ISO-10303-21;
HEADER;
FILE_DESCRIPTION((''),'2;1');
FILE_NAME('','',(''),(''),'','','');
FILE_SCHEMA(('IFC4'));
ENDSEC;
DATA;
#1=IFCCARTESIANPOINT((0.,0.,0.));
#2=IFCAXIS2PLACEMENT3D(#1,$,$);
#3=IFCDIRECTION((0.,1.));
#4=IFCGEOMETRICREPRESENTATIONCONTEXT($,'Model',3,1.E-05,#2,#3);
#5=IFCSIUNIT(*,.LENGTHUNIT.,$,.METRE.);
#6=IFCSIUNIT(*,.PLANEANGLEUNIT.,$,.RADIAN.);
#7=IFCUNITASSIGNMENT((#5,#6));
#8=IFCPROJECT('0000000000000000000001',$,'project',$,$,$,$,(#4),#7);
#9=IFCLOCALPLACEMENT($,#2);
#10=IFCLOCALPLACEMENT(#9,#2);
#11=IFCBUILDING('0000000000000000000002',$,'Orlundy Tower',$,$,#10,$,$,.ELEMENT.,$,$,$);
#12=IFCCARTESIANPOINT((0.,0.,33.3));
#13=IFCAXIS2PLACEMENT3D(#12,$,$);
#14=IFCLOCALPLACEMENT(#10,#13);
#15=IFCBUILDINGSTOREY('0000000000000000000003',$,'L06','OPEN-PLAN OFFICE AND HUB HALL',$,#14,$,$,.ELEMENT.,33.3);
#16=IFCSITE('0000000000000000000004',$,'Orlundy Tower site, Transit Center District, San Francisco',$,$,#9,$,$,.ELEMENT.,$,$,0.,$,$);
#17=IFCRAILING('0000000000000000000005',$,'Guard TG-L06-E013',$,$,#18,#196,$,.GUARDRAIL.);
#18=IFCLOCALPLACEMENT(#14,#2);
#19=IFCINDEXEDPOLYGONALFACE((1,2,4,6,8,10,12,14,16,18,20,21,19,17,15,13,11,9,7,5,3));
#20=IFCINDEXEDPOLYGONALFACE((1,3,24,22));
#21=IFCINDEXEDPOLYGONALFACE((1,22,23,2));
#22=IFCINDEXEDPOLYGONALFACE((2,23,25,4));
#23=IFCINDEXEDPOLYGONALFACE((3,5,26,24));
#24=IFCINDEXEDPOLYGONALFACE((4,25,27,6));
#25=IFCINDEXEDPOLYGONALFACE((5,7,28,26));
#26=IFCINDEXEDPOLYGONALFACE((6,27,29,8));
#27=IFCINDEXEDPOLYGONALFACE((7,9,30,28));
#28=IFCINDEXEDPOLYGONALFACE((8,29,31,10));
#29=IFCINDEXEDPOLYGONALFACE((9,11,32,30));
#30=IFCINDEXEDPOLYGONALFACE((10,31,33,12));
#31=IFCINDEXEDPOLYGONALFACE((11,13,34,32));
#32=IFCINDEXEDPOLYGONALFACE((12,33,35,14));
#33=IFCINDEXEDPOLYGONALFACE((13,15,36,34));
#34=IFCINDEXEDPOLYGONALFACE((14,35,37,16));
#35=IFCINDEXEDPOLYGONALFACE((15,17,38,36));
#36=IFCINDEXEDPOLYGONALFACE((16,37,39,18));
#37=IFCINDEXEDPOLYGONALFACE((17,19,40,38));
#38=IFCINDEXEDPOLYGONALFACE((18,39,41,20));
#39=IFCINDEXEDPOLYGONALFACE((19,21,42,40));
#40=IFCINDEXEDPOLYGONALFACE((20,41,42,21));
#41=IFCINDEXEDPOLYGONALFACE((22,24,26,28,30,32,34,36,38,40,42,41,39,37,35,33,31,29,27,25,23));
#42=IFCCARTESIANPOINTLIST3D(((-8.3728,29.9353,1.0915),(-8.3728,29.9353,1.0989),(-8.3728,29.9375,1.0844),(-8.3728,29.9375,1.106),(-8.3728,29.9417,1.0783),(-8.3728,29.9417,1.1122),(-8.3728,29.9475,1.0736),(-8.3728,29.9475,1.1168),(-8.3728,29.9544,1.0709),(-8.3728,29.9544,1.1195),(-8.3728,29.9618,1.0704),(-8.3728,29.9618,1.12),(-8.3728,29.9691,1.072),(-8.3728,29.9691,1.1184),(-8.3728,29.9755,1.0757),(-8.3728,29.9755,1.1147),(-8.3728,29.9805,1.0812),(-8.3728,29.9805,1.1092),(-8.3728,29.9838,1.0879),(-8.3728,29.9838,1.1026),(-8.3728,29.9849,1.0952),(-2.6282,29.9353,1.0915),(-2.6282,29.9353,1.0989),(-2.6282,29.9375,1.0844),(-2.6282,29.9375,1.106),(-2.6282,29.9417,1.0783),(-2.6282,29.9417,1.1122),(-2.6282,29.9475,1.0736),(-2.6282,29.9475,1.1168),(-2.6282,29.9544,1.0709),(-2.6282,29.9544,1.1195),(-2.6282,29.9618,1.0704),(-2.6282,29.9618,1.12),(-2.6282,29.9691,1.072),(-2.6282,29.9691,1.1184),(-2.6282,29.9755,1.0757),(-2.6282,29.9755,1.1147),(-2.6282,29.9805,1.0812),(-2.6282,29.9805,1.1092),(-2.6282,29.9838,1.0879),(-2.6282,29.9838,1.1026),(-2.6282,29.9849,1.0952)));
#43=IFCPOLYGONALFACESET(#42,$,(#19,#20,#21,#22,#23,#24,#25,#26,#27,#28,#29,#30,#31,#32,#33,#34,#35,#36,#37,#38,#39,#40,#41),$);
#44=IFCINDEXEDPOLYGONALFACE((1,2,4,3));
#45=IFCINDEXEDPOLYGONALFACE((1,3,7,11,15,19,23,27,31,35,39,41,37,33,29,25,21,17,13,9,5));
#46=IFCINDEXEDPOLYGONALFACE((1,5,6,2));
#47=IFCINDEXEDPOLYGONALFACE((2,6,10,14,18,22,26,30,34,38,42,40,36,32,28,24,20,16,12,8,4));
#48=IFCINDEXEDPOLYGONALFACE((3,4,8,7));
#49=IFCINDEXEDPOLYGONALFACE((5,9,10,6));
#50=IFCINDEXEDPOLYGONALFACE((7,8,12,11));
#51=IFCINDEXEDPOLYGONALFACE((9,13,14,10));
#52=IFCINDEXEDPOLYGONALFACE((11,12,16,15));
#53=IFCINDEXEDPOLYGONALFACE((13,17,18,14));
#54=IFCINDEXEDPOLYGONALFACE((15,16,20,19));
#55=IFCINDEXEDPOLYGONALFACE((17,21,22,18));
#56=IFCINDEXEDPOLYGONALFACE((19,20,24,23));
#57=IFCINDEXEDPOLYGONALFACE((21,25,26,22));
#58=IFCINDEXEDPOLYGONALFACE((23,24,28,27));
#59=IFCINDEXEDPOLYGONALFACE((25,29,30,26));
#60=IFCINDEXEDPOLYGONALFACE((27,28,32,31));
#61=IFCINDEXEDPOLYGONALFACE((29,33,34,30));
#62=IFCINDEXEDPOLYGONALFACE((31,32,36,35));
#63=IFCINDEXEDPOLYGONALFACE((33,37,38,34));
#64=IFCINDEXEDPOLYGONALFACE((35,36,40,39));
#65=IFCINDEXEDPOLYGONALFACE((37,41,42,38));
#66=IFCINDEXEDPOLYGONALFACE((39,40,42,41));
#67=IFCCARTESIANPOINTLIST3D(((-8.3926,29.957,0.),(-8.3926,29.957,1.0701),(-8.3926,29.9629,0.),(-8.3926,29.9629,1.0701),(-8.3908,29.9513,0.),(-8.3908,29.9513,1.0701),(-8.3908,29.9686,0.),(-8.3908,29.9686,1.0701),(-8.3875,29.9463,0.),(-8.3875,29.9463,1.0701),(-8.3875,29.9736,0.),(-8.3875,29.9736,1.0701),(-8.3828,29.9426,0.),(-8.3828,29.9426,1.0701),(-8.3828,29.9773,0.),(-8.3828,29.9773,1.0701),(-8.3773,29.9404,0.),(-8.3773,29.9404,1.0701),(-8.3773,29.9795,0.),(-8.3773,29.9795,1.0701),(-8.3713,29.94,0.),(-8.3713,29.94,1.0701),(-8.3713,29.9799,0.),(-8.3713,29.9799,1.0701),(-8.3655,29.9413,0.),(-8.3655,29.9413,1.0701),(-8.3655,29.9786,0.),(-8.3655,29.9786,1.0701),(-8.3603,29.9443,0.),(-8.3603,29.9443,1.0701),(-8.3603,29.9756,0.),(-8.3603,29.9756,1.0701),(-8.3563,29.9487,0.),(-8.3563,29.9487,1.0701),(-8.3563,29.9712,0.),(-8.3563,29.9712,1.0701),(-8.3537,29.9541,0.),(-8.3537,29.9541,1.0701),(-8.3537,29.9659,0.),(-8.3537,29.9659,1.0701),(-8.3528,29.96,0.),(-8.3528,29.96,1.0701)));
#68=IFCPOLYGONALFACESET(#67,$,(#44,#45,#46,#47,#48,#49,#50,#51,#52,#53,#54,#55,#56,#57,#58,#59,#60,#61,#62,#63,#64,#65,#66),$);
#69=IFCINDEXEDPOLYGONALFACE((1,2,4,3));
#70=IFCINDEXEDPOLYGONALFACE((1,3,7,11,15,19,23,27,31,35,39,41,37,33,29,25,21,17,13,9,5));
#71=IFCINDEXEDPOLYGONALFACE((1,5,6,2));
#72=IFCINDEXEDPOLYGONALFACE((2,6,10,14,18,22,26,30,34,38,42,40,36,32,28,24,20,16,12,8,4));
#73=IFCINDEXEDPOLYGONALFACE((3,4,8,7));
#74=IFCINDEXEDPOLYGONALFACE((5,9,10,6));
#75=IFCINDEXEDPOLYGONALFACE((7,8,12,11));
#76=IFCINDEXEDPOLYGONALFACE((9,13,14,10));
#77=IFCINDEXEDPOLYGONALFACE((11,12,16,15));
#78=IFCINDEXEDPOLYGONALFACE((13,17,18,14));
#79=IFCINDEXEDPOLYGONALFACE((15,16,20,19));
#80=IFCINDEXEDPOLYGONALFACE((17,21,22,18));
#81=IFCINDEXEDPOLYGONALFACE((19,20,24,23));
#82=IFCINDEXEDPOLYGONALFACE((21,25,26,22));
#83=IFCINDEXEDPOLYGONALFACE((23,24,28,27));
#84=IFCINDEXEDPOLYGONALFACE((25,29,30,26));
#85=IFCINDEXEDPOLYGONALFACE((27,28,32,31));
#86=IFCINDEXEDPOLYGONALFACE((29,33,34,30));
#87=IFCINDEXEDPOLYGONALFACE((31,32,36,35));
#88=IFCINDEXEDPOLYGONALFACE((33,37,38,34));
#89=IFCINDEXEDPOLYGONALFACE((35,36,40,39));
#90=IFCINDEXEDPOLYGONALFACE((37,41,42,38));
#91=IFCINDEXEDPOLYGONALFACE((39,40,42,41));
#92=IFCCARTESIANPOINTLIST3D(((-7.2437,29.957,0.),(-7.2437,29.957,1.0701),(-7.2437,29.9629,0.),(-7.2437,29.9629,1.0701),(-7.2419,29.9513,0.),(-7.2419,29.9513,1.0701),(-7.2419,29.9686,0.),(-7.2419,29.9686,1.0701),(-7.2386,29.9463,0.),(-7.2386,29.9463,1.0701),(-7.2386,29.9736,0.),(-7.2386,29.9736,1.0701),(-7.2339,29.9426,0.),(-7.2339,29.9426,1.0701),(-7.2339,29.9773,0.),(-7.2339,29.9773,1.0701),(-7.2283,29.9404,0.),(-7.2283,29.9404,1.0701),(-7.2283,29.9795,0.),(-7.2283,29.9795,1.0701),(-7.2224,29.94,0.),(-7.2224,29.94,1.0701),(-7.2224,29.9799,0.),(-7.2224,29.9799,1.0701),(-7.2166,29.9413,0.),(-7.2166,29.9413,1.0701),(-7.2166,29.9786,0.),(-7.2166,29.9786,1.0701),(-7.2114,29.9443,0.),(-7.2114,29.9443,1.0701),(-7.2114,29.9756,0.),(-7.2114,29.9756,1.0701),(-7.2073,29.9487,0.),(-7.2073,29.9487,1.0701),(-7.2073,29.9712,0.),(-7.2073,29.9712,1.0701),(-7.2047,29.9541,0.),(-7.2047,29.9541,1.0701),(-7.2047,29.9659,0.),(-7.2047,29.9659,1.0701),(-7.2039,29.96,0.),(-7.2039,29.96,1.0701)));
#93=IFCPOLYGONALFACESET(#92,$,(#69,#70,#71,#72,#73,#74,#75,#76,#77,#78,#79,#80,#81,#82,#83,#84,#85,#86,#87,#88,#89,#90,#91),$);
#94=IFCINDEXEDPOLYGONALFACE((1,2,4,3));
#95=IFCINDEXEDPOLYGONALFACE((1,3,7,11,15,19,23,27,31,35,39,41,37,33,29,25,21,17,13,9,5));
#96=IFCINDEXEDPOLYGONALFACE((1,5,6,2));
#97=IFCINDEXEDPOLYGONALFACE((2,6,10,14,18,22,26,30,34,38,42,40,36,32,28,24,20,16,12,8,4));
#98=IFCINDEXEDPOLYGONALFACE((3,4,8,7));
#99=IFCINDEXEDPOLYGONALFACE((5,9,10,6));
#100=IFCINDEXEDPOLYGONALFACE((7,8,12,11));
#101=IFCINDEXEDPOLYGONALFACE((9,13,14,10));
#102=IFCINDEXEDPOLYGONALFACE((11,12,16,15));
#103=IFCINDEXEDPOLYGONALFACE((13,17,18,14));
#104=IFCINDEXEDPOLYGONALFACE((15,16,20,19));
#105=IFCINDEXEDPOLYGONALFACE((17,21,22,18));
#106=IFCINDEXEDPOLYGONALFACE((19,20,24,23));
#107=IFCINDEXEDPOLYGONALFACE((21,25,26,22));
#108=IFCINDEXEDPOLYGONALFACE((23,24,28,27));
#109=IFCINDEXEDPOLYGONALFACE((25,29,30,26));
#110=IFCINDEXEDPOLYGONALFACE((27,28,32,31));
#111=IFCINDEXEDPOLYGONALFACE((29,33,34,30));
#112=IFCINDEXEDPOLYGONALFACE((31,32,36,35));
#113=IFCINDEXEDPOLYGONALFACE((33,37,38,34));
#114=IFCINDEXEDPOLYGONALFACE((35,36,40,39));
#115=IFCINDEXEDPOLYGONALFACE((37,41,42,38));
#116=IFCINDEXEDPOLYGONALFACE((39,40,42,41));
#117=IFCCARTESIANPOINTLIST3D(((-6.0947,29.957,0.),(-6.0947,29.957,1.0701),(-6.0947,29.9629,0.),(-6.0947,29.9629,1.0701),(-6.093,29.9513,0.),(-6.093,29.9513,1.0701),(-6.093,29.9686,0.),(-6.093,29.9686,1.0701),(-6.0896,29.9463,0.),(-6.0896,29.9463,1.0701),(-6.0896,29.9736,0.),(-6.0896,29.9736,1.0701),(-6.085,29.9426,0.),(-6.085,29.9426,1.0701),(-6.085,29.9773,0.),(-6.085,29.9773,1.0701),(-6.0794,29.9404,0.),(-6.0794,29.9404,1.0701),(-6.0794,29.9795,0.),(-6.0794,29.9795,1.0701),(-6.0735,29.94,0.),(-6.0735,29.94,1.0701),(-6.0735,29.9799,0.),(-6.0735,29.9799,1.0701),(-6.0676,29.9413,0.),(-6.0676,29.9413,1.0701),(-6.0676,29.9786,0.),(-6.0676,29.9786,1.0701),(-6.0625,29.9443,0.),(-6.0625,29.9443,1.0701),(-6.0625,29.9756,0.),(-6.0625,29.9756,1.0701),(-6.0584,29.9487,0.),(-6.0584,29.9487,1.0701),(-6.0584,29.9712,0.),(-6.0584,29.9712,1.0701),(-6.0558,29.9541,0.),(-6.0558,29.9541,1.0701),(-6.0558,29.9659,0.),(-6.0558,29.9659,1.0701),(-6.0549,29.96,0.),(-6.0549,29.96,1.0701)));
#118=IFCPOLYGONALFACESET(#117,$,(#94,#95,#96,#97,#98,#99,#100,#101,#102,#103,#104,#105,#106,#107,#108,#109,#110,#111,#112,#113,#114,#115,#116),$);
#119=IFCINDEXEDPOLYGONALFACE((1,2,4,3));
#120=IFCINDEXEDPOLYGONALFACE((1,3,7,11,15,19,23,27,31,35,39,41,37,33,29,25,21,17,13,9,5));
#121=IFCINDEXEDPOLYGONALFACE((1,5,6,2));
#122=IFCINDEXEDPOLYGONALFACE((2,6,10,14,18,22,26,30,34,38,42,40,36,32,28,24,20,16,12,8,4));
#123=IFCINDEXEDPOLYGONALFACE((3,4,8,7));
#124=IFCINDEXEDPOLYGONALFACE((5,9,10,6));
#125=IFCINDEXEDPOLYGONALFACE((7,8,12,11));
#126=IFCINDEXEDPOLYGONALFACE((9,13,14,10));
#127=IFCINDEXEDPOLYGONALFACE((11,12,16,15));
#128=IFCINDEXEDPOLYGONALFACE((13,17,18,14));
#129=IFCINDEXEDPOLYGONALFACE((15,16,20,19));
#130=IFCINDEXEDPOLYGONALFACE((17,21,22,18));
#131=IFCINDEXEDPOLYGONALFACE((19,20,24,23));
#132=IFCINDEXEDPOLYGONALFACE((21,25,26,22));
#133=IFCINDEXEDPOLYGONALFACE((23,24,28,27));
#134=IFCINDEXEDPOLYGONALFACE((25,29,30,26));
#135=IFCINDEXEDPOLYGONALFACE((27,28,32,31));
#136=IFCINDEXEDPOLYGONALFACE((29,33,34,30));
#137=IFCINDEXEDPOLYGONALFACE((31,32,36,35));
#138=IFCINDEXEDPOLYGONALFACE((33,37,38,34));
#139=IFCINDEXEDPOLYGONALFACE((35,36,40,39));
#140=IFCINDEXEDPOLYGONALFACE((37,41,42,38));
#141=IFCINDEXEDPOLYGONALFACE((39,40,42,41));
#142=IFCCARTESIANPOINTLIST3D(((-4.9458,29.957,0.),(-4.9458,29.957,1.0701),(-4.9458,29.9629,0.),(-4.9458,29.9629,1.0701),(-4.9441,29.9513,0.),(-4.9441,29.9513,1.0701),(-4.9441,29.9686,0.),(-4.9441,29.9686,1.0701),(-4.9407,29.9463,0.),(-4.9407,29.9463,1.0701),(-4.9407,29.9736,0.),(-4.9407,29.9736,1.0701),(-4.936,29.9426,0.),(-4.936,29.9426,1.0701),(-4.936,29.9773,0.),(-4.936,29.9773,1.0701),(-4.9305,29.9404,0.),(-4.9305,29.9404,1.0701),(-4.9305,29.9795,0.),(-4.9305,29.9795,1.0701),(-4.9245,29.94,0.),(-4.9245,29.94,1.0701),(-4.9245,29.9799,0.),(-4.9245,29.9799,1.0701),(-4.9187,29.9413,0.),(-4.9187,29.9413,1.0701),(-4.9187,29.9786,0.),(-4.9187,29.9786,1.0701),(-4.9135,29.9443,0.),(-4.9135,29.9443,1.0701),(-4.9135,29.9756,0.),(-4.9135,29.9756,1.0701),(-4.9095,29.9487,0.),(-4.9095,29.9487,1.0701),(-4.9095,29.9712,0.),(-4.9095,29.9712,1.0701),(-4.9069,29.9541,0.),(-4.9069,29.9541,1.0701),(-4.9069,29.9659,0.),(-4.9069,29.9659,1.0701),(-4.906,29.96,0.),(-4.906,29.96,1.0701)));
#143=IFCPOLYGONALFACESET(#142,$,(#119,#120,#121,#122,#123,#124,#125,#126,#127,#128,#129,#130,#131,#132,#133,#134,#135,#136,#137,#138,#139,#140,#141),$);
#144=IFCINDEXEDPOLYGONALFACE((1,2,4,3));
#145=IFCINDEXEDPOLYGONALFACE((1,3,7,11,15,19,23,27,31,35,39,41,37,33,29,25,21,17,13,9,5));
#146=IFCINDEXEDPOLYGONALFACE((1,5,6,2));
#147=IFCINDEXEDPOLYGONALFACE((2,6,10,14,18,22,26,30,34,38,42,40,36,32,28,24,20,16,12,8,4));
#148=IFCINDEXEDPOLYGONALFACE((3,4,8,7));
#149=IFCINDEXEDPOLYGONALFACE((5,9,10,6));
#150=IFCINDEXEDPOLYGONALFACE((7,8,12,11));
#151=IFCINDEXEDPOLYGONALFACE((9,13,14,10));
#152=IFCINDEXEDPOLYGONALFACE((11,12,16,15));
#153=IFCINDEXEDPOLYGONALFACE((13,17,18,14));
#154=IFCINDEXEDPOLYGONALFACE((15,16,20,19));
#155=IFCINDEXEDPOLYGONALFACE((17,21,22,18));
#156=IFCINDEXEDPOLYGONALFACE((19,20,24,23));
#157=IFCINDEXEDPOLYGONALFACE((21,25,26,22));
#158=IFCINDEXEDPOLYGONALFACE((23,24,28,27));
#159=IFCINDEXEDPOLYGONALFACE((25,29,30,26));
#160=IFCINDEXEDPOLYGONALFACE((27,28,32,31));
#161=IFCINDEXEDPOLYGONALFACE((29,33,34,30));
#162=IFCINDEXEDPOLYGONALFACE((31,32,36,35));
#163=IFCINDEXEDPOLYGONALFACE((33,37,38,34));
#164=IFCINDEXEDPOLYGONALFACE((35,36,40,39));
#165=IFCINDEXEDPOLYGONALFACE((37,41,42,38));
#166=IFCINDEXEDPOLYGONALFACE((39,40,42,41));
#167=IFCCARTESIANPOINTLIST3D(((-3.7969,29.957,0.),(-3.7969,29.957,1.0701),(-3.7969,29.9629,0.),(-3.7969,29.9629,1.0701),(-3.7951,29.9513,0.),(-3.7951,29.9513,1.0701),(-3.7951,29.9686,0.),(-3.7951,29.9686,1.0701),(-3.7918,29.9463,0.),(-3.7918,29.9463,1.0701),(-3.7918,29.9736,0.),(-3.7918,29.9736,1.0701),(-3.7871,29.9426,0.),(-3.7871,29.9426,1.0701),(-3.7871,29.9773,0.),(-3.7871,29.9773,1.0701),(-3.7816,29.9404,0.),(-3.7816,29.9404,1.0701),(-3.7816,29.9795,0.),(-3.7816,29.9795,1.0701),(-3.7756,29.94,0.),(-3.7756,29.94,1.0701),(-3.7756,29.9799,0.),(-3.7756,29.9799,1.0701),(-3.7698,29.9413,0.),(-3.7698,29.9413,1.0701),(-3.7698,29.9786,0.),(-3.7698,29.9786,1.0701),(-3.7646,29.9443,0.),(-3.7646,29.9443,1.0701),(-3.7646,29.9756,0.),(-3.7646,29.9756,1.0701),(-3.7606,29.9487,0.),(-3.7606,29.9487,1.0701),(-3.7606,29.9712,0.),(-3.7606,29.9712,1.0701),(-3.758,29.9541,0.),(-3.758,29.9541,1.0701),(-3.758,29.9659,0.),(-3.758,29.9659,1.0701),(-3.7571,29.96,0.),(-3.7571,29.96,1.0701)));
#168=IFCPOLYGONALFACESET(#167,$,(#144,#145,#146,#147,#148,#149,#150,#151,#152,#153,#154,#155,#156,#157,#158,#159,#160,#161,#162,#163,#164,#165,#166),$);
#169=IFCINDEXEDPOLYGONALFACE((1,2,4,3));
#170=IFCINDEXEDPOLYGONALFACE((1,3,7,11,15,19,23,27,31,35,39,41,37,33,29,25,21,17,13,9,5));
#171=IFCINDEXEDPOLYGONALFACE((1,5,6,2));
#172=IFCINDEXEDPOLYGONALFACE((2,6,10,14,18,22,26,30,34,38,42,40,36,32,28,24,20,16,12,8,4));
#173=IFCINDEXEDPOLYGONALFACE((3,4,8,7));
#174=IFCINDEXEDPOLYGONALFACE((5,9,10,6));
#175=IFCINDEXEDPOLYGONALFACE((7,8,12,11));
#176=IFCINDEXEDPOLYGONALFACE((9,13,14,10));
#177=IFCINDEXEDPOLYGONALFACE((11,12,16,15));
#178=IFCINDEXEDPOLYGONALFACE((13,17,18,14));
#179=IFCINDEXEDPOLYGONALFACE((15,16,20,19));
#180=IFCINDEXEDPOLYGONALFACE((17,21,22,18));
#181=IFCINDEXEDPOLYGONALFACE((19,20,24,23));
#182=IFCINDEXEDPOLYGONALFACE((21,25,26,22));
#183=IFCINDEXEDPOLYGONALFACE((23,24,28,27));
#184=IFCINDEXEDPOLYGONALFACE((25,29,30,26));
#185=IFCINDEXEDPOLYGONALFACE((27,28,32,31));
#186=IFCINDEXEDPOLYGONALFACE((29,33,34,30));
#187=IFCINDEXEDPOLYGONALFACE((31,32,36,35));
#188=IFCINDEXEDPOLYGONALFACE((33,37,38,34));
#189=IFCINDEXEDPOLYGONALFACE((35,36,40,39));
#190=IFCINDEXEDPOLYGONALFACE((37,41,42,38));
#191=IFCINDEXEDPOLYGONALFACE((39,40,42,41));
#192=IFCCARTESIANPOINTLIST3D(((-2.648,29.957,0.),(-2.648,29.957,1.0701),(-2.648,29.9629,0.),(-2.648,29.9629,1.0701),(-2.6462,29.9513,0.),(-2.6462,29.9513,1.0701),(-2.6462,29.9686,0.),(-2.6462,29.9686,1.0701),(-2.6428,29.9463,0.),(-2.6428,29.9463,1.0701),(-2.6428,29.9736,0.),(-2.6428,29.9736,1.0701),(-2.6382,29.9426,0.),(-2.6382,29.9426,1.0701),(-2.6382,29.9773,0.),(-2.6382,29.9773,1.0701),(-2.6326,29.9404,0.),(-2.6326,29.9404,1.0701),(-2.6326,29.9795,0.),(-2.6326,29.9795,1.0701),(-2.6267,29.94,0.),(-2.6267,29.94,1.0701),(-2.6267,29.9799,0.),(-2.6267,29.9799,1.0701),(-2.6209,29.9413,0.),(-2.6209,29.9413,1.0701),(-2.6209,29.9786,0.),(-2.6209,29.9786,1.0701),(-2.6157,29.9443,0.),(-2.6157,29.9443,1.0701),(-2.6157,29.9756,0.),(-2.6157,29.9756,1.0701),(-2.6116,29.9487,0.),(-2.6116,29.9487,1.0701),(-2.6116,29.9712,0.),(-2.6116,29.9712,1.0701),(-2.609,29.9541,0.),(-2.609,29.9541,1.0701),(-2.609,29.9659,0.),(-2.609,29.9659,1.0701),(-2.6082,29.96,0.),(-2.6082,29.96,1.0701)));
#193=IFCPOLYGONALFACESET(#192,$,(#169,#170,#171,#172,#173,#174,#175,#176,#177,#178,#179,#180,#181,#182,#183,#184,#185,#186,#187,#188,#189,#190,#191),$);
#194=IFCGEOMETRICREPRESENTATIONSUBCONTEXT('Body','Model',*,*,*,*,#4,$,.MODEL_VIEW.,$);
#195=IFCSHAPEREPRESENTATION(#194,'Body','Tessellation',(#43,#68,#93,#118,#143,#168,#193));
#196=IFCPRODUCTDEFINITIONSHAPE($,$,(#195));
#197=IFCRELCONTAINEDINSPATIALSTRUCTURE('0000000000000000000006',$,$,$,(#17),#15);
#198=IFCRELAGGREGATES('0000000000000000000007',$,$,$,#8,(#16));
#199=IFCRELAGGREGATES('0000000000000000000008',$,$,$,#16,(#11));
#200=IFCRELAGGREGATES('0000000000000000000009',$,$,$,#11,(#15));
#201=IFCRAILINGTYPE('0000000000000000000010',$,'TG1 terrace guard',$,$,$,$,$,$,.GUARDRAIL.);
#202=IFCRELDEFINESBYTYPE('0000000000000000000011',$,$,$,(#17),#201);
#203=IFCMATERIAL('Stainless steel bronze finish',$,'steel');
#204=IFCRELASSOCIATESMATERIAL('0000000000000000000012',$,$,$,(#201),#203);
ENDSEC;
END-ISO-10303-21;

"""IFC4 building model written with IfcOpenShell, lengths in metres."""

from ifc_helpers import new_model, si_unit, direction, frame, origin, origin_2d, place, context, subcontext, project, spatial, circle, extrude, material, type_object, element, save


model = new_model("IFC4")

# Units and contexts
model_context = context("Model", 3, precision=1e-05, world=origin(), true_north=direction((0.0, 1.0)))
body_context = subcontext(model_context, "Body", "Model", "MODEL_VIEW")
ifc_project = project(units=[si_unit("LENGTHUNIT", "METRE"), si_unit("PLANEANGLEUNIT", "RADIAN")], contexts=[model_context])

# Site, building, storey
site_placement = place(None, origin())
site = spatial("IfcSite", under=ifc_project, at=site_placement, Name="Orlundy Tower site, Transit Center District, San Francisco", CompositionType="ELEMENT", RefElevation=0.0)
building_placement = place(site_placement, origin())
building = spatial("IfcBuilding", under=site, at=building_placement, Name="Orlundy Tower", CompositionType="ELEMENT")
storey_placement = place(building_placement, frame((0.0, 0.0, 33.3)))
storey = spatial("IfcBuildingStorey", under=building, at=storey_placement, Name="L06", Description="OPEN-PLAN OFFICE AND HUB HALL", CompositionType="ELEMENT", Elevation=33.3)

# Railing
ifc_material_1 = material(Name="Stainless steel bronze finish", Category="steel")
railing_type_1 = type_object("IfcRailingType", Name="TG1 terrace guard", PredefinedType="GUARDRAIL", material=ifc_material_1)
railing_1_placement = place(storey_placement, frame((-8.3728, 29.96, 0.0)))
element("IfcRailing", 1, at=railing_1_placement, inside=storey, type_object=railing_type_1, Name="Guard TG-L06-E013", PredefinedType="GUARDRAIL", context=body_context, shape_type="SweptSolid", body=[
    extrude(circle(Radius=0.0249, at=origin_2d()), frame((0.0, 0.0, 1.0952), z_axis=(1.0, 0.0, 0.0), x_axis=(0.0, 1.0, 0.0)), (0.0, 0.0, 1.0), 5.7446),
    extrude(circle(Radius=0.02, at=origin_2d()), origin(), (0.0, 0.0, 1.0), 1.0701),
    extrude(circle(Radius=0.02, at=origin_2d()), frame((1.1489, 0.0, 0.0)), (0.0, 0.0, 1.0), 1.0701),
    extrude(circle(Radius=0.02, at=origin_2d()), frame((2.2979, 0.0, 0.0)), (0.0, 0.0, 1.0), 1.0701),
    extrude(circle(Radius=0.02, at=origin_2d()), frame((3.4468, 0.0, 0.0)), (0.0, 0.0, 1.0), 1.0701),
    extrude(circle(Radius=0.02, at=origin_2d()), frame((4.5957, 0.0, 0.0)), (0.0, 0.0, 1.0), 1.0701),
    extrude(circle(Radius=0.02, at=origin_2d()), frame((5.7446, 0.0, 0.0)), (0.0, 0.0, 1.0), 1.0701),
])

save(model, "model.ifc")
